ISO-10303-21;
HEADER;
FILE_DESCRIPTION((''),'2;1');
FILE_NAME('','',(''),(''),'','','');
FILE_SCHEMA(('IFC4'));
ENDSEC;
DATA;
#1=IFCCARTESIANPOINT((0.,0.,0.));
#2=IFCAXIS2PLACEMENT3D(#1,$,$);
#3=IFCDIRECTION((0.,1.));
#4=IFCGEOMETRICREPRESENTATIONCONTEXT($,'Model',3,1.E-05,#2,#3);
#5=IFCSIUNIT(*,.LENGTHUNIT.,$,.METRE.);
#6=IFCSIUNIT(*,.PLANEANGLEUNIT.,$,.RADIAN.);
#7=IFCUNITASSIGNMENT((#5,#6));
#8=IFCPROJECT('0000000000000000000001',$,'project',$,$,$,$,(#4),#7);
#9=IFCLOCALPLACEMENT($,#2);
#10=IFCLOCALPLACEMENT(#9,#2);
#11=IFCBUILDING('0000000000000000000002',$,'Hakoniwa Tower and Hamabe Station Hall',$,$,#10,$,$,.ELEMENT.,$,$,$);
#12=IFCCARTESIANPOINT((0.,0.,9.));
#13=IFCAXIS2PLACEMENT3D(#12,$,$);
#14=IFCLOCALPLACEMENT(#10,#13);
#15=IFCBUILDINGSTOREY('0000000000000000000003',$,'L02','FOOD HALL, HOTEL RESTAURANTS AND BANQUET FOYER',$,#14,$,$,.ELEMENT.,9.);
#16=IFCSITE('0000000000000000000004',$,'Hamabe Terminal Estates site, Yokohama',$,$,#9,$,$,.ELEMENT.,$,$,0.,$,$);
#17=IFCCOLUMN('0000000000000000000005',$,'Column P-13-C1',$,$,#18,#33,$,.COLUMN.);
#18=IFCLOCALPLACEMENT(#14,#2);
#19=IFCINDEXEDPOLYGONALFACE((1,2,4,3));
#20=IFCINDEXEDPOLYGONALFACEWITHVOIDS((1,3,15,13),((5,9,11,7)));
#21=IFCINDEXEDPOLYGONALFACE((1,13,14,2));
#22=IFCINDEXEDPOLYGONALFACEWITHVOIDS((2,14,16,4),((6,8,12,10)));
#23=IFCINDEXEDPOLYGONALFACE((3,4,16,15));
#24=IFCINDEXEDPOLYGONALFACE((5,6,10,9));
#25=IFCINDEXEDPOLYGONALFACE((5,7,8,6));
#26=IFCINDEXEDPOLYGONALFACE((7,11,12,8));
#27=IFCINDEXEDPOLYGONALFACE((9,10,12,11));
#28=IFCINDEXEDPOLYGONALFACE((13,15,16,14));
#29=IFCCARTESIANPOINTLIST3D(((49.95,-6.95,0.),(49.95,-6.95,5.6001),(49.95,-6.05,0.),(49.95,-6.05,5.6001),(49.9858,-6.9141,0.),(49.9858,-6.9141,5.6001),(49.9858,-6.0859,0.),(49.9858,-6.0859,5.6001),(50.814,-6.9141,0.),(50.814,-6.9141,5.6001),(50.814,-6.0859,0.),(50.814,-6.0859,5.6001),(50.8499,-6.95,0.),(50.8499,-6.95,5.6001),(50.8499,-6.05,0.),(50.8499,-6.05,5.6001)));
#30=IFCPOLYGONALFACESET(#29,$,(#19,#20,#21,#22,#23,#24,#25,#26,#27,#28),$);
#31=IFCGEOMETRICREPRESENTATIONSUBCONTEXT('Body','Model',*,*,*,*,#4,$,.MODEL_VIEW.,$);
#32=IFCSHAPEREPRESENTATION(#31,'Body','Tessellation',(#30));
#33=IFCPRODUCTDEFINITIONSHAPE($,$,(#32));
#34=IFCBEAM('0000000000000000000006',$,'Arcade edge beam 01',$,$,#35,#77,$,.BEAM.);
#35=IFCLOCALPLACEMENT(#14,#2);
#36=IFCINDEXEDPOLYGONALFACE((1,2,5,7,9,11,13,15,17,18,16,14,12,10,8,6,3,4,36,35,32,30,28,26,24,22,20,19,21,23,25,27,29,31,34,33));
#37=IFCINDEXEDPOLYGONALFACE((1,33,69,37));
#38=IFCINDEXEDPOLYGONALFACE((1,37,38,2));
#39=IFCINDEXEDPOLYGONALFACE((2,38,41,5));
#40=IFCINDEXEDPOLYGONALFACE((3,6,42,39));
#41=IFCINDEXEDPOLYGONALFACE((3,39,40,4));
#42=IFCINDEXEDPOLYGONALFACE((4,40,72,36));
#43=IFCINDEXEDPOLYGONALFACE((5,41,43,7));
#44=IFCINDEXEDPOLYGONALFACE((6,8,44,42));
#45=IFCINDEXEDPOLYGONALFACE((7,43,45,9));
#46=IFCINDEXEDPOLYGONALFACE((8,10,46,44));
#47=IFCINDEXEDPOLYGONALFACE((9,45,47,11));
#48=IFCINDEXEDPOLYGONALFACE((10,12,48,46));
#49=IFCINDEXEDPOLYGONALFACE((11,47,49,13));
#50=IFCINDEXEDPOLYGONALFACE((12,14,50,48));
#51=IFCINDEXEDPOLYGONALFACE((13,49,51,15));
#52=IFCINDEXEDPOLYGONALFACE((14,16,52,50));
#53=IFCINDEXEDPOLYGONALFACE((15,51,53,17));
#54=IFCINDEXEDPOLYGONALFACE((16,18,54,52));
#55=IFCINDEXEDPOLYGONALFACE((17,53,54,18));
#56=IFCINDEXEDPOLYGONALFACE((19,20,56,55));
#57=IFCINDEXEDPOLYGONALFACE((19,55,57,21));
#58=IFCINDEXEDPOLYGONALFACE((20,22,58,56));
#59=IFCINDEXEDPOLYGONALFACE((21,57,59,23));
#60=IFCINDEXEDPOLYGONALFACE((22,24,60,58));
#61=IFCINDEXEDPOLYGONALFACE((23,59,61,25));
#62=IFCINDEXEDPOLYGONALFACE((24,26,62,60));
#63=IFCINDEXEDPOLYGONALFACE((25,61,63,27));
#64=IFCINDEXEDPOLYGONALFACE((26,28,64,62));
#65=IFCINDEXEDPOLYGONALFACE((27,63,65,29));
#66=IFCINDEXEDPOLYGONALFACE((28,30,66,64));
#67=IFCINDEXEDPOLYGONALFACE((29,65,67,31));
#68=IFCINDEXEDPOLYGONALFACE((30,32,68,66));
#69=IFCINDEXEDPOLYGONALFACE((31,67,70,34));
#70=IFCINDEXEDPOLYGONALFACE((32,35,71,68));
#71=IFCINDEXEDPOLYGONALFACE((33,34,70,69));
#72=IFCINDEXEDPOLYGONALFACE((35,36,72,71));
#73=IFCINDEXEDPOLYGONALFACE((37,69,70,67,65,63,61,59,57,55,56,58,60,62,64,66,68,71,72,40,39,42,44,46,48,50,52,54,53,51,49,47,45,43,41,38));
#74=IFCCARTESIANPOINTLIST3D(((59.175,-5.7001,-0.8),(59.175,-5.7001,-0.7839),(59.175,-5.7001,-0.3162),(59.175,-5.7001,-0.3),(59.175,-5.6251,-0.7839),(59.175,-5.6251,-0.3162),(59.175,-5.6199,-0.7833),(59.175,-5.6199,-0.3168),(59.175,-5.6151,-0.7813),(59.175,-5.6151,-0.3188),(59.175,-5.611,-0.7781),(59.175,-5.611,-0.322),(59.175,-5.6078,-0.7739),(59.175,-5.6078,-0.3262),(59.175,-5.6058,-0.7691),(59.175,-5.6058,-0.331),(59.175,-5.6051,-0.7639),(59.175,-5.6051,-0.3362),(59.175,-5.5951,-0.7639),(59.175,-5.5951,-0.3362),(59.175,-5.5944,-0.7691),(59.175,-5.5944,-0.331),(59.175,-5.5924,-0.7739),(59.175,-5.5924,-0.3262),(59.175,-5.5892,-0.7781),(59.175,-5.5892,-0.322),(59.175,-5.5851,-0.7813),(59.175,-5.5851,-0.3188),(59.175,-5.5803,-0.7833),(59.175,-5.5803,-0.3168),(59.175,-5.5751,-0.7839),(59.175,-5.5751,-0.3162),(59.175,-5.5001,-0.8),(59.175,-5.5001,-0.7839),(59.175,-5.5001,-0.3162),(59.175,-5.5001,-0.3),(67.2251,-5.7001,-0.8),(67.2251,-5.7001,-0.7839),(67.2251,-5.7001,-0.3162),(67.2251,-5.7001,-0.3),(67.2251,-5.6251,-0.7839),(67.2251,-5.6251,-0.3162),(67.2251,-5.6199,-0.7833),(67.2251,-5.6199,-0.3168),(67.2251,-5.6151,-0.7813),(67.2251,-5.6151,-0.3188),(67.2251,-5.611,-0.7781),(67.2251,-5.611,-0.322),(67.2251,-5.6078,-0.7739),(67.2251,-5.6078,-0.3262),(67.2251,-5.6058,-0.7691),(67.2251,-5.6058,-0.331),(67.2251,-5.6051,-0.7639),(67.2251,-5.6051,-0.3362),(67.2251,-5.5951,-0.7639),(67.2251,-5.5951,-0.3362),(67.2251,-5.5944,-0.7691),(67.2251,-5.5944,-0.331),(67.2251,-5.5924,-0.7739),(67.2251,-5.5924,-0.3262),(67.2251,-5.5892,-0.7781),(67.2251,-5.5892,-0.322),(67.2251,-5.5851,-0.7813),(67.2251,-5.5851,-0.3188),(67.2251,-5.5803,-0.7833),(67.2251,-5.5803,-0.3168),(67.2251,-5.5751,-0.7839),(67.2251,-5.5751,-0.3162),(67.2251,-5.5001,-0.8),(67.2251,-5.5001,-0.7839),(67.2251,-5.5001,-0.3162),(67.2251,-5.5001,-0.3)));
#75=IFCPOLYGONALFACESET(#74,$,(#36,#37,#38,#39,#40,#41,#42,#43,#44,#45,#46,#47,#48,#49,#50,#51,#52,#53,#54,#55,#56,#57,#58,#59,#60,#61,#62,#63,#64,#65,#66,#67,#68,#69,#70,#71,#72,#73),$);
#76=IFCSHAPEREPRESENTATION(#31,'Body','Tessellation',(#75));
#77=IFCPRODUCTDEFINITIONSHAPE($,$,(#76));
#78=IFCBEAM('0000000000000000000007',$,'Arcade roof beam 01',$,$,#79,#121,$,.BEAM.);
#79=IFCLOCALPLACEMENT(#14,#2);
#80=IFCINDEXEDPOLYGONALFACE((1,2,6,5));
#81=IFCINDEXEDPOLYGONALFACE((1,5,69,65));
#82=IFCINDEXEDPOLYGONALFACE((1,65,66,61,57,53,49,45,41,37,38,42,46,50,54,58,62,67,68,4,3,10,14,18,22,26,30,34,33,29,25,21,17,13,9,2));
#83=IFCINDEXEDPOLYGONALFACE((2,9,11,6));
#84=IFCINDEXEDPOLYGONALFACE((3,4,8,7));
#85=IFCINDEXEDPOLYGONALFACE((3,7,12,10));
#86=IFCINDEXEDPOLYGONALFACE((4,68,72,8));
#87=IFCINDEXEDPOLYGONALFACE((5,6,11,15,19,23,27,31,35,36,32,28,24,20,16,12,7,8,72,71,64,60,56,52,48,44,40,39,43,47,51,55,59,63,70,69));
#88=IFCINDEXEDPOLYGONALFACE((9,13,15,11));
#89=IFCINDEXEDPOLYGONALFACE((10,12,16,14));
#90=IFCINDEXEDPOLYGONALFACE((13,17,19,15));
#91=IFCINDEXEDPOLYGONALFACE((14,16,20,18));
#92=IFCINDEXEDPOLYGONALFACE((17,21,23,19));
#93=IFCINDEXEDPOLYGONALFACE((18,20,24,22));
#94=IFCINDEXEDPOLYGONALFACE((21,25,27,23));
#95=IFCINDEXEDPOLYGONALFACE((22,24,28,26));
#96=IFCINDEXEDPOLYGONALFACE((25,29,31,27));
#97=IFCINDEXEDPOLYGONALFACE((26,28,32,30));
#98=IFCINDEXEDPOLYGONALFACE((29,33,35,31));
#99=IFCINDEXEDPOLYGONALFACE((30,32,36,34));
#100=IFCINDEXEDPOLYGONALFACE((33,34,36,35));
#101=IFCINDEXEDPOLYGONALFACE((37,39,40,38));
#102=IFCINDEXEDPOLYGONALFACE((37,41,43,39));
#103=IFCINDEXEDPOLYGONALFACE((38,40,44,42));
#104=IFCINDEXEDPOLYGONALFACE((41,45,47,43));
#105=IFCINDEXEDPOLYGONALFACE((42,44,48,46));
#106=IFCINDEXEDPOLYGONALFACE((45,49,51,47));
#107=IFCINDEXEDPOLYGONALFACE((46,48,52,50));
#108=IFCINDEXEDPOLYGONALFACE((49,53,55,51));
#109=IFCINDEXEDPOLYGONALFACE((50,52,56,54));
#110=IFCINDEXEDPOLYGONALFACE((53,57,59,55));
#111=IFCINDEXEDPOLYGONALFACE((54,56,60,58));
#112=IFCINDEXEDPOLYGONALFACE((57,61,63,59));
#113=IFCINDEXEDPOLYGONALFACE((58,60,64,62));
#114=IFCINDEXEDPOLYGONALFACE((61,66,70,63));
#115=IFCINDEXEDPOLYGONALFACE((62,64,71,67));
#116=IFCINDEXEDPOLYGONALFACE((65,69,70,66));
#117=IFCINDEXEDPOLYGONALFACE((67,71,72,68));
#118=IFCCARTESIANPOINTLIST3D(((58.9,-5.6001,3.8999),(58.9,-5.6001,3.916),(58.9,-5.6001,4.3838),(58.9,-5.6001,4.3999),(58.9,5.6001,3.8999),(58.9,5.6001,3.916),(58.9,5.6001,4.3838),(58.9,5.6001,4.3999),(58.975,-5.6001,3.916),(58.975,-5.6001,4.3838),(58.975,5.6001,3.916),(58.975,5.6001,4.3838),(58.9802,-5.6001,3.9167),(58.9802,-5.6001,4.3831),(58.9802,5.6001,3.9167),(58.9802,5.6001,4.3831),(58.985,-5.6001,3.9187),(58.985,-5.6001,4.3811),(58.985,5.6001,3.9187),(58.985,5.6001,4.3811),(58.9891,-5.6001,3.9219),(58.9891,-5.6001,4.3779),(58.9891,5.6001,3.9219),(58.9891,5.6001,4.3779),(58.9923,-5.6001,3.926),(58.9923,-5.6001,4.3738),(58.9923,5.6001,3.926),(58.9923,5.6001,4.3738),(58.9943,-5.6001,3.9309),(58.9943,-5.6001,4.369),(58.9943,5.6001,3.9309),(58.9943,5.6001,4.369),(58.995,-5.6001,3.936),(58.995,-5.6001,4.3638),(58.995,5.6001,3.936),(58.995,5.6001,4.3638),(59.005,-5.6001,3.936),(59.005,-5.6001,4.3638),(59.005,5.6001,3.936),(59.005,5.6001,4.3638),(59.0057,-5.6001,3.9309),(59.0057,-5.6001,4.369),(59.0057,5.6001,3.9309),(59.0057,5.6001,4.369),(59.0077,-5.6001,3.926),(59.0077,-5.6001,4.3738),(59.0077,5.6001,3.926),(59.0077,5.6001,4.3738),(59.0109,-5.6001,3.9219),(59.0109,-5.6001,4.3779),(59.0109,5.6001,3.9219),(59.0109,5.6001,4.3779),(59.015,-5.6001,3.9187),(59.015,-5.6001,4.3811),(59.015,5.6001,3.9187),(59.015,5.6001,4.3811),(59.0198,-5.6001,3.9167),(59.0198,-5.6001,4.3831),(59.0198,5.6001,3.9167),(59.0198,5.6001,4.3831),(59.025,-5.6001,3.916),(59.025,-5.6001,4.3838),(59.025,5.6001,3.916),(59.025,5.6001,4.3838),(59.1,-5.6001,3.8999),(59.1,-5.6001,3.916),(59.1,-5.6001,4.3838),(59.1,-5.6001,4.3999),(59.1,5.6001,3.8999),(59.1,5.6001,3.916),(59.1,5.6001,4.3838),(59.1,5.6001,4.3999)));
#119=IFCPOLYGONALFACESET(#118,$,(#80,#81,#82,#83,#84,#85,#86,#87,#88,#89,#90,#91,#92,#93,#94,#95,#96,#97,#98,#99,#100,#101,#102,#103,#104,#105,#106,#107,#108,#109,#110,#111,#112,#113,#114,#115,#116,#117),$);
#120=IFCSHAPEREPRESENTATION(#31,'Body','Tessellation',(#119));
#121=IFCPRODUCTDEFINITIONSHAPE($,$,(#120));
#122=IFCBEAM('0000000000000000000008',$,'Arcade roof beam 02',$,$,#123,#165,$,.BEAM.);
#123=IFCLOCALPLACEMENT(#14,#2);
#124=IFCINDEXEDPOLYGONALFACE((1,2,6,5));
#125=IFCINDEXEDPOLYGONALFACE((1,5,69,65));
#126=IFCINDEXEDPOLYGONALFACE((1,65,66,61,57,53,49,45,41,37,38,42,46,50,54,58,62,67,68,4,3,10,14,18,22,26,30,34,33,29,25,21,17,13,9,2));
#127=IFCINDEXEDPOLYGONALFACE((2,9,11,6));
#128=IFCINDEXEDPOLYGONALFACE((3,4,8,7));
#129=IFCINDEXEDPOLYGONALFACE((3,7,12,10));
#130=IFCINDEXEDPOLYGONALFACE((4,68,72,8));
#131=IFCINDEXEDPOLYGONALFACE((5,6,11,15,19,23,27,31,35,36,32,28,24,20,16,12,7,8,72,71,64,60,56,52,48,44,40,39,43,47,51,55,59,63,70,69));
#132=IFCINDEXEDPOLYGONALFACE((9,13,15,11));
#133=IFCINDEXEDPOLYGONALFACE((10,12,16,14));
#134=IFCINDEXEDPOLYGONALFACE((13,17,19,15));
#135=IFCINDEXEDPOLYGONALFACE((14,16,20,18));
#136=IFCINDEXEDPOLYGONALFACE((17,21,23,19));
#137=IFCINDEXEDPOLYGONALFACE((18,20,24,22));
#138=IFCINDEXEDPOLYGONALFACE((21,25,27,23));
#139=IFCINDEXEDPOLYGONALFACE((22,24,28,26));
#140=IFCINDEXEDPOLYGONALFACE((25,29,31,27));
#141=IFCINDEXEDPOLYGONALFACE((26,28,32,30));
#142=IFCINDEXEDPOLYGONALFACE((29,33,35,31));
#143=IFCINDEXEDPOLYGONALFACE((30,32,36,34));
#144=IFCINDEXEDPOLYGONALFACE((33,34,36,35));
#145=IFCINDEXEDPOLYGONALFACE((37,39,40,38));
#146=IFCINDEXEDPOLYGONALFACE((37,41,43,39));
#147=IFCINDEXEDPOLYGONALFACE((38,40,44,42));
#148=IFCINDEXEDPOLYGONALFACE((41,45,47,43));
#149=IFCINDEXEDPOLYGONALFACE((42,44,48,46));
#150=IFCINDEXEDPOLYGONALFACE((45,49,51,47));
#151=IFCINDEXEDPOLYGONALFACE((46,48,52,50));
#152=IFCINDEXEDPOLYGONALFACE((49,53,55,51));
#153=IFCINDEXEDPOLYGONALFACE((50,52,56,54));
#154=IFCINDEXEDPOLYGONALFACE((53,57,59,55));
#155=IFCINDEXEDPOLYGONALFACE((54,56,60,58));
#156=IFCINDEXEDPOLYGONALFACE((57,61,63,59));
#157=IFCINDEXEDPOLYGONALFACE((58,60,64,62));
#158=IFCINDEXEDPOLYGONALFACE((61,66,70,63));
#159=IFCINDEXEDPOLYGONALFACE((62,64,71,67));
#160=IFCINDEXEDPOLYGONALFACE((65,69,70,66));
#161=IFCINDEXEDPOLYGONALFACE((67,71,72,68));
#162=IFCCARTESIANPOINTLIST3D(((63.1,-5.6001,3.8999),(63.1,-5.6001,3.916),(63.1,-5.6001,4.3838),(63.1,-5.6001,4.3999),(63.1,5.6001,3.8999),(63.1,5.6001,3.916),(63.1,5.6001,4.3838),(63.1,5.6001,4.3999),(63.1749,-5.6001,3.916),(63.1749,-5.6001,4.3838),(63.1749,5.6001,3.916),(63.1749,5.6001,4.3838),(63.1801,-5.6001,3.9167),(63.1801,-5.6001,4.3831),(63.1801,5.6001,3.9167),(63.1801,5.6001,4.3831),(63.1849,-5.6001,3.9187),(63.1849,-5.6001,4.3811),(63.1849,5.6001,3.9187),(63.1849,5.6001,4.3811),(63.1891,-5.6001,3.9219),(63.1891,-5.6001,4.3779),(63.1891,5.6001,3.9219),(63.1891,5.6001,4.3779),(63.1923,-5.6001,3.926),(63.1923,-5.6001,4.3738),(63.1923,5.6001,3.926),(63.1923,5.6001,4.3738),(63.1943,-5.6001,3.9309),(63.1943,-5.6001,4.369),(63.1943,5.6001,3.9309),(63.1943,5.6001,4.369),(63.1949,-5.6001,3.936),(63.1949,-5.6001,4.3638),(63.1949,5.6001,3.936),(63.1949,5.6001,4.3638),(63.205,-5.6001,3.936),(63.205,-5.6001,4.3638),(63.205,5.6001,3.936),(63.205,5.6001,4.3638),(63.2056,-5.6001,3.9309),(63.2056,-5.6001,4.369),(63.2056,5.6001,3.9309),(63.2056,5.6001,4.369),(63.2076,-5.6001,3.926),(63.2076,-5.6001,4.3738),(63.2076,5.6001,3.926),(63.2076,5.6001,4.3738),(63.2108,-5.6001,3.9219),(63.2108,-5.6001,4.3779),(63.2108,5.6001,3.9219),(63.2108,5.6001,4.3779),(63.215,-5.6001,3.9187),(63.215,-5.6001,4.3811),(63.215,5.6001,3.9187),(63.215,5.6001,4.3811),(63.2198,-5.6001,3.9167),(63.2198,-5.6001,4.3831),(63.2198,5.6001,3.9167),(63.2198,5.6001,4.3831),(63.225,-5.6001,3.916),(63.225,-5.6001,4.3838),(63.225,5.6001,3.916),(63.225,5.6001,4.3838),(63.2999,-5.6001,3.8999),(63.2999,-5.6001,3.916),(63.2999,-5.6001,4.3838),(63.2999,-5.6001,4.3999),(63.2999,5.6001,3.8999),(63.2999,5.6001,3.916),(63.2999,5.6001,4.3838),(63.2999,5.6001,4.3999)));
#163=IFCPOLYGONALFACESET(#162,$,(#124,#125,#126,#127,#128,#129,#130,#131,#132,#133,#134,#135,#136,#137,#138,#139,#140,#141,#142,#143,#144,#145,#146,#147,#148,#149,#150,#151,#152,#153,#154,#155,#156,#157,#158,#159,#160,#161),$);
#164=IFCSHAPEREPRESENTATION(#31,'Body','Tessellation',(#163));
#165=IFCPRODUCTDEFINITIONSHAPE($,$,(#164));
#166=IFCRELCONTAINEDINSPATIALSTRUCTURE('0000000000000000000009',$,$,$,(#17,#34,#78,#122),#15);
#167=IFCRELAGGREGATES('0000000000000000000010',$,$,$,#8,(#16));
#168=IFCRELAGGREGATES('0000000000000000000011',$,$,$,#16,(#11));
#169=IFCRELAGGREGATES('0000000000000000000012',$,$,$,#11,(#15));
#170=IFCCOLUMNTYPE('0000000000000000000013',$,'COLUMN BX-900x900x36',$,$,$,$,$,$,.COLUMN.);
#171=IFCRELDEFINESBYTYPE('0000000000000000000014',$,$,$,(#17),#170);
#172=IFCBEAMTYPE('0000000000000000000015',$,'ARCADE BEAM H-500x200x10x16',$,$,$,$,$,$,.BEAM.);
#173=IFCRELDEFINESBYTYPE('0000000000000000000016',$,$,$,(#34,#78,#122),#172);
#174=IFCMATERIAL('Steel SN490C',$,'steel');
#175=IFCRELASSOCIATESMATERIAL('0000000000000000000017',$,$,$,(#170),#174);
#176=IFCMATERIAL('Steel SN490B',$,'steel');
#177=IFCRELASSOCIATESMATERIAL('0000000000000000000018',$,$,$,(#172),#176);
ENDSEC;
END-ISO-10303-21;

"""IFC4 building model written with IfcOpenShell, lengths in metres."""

from ifc_helpers import new_model, si_unit, direction, frame, origin, origin_2d, place, context, subcontext, project, spatial, hollow_rectangle, i_section, extrude, material, material_profile, profile_set, type_object, element, save


model = new_model("IFC4")

# Units and contexts
model_context = context("Model", 3, precision=1e-05, world=origin(), true_north=direction((0.0, 1.0)))
body_context = subcontext(model_context, "Body", "Model", "MODEL_VIEW")
ifc_project = project(units=[si_unit("LENGTHUNIT", "METRE"), si_unit("PLANEANGLEUNIT", "RADIAN")], contexts=[model_context])

# Site, building, storey
site_placement = place(None, origin())
site = spatial("IfcSite", under=ifc_project, at=site_placement, Name="Hamabe Terminal Estates site, Yokohama", CompositionType="ELEMENT", RefElevation=0.0)
building_placement = place(site_placement, origin())
building = spatial("IfcBuilding", under=site, at=building_placement, Name="Hakoniwa Tower and Hamabe Station Hall", CompositionType="ELEMENT")
storey_placement = place(building_placement, frame((0.0, 0.0, 9.0)))
storey = spatial("IfcBuildingStorey", under=building, at=storey_placement, Name="L02", Description="FOOD HALL, HOTEL RESTAURANTS AND BANQUET FOYER", CompositionType="ELEMENT", Elevation=9.0)

# Column
ifc_material_1 = material(Name="Steel SN490C", Category="steel")
ifc_material_profile_1 = material_profile(ifc_material_1, hollow_rectangle(XDim=0.8999, YDim=0.8999, WallThickness=0.0359, at=origin_2d()), Name="BX-900x900x36")
ifc_profile_set_1 = profile_set([ifc_material_profile_1], Name="Steel SN490C")
column_type_1 = type_object("IfcColumnType", Name="COLUMN BX-900x900x36", PredefinedType="COLUMN", material=ifc_profile_set_1)
column_1_placement = place(storey_placement, frame((50.3999, -6.5, 0.0), z_axis=(0.0, 0.0, 1.0), x_axis=(1.0, 0.0, 0.0)))
element("IfcColumn", 1, at=column_1_placement, inside=storey, type_object=column_type_1, Name="Column P-13-C1", PredefinedType="COLUMN", context=body_context, shape_type="SweptSolid", body=[
    extrude(hollow_rectangle(XDim=0.8999, YDim=0.8999, WallThickness=0.0359, at=origin_2d()), origin(), (0.0, 0.0, 1.0), 5.6001),
])

# Beams
ifc_material_2 = material(Name="Steel SN490B", Category="steel")
ifc_material_profile_2 = material_profile(ifc_material_2, i_section(OverallWidth=0.2, OverallDepth=0.5, WebThickness=0.01, FlangeThickness=0.0161, FilletRadius=0.02, at=origin_2d()), Name="H-500x200x10x16")
ifc_profile_set_2 = profile_set([ifc_material_profile_2], Name="Steel SN490B")
beam_type = type_object("IfcBeamType", Name="ARCADE BEAM H-500x200x10x16", PredefinedType="BEAM", material=ifc_profile_set_2)
beam_1_placement = place(storey_placement, frame((59.175, -5.6001, -0.55), z_axis=(1.0, 0.0, 0.0), x_axis=(0.0, 1.0, 0.0)))
element("IfcBeam", 2, at=beam_1_placement, inside=storey, type_object=beam_type, Name="Arcade edge beam 01", PredefinedType="BEAM", context=body_context, shape_type="SweptSolid", body=[
    extrude(i_section(OverallWidth=0.2, OverallDepth=0.5, WebThickness=0.01, FlangeThickness=0.0161, FilletRadius=0.02, at=origin_2d()), origin(), (0.0, 0.0, 1.0), 8.05),
])
for number, where, z_axis, x_axis, name in (
    (3, (59.0, -5.6001, 4.1499), (0.0, 1.0, 0.0), (-1.0, 0.0, 0.0), "Arcade roof beam 01"),
    (4, (63.2, -5.6001, 4.1499), (0.0, 1.0, 0.0), (-1.0, 0.0, 0.0), "Arcade roof beam 02"),
):
    element("IfcBeam", number, at=place(storey_placement, frame(where, z_axis=z_axis, x_axis=x_axis)), inside=storey, type_object=beam_type, Name=name, PredefinedType="BEAM", context=body_context, shape_type="SweptSolid", body=[
        extrude(i_section(OverallWidth=0.2, OverallDepth=0.5, WebThickness=0.01, FlangeThickness=0.0161, FilletRadius=0.02, at=origin_2d()), origin(), (0.0, 0.0, 1.0), 11.2002),
    ])

save(model, "model.ifc")
